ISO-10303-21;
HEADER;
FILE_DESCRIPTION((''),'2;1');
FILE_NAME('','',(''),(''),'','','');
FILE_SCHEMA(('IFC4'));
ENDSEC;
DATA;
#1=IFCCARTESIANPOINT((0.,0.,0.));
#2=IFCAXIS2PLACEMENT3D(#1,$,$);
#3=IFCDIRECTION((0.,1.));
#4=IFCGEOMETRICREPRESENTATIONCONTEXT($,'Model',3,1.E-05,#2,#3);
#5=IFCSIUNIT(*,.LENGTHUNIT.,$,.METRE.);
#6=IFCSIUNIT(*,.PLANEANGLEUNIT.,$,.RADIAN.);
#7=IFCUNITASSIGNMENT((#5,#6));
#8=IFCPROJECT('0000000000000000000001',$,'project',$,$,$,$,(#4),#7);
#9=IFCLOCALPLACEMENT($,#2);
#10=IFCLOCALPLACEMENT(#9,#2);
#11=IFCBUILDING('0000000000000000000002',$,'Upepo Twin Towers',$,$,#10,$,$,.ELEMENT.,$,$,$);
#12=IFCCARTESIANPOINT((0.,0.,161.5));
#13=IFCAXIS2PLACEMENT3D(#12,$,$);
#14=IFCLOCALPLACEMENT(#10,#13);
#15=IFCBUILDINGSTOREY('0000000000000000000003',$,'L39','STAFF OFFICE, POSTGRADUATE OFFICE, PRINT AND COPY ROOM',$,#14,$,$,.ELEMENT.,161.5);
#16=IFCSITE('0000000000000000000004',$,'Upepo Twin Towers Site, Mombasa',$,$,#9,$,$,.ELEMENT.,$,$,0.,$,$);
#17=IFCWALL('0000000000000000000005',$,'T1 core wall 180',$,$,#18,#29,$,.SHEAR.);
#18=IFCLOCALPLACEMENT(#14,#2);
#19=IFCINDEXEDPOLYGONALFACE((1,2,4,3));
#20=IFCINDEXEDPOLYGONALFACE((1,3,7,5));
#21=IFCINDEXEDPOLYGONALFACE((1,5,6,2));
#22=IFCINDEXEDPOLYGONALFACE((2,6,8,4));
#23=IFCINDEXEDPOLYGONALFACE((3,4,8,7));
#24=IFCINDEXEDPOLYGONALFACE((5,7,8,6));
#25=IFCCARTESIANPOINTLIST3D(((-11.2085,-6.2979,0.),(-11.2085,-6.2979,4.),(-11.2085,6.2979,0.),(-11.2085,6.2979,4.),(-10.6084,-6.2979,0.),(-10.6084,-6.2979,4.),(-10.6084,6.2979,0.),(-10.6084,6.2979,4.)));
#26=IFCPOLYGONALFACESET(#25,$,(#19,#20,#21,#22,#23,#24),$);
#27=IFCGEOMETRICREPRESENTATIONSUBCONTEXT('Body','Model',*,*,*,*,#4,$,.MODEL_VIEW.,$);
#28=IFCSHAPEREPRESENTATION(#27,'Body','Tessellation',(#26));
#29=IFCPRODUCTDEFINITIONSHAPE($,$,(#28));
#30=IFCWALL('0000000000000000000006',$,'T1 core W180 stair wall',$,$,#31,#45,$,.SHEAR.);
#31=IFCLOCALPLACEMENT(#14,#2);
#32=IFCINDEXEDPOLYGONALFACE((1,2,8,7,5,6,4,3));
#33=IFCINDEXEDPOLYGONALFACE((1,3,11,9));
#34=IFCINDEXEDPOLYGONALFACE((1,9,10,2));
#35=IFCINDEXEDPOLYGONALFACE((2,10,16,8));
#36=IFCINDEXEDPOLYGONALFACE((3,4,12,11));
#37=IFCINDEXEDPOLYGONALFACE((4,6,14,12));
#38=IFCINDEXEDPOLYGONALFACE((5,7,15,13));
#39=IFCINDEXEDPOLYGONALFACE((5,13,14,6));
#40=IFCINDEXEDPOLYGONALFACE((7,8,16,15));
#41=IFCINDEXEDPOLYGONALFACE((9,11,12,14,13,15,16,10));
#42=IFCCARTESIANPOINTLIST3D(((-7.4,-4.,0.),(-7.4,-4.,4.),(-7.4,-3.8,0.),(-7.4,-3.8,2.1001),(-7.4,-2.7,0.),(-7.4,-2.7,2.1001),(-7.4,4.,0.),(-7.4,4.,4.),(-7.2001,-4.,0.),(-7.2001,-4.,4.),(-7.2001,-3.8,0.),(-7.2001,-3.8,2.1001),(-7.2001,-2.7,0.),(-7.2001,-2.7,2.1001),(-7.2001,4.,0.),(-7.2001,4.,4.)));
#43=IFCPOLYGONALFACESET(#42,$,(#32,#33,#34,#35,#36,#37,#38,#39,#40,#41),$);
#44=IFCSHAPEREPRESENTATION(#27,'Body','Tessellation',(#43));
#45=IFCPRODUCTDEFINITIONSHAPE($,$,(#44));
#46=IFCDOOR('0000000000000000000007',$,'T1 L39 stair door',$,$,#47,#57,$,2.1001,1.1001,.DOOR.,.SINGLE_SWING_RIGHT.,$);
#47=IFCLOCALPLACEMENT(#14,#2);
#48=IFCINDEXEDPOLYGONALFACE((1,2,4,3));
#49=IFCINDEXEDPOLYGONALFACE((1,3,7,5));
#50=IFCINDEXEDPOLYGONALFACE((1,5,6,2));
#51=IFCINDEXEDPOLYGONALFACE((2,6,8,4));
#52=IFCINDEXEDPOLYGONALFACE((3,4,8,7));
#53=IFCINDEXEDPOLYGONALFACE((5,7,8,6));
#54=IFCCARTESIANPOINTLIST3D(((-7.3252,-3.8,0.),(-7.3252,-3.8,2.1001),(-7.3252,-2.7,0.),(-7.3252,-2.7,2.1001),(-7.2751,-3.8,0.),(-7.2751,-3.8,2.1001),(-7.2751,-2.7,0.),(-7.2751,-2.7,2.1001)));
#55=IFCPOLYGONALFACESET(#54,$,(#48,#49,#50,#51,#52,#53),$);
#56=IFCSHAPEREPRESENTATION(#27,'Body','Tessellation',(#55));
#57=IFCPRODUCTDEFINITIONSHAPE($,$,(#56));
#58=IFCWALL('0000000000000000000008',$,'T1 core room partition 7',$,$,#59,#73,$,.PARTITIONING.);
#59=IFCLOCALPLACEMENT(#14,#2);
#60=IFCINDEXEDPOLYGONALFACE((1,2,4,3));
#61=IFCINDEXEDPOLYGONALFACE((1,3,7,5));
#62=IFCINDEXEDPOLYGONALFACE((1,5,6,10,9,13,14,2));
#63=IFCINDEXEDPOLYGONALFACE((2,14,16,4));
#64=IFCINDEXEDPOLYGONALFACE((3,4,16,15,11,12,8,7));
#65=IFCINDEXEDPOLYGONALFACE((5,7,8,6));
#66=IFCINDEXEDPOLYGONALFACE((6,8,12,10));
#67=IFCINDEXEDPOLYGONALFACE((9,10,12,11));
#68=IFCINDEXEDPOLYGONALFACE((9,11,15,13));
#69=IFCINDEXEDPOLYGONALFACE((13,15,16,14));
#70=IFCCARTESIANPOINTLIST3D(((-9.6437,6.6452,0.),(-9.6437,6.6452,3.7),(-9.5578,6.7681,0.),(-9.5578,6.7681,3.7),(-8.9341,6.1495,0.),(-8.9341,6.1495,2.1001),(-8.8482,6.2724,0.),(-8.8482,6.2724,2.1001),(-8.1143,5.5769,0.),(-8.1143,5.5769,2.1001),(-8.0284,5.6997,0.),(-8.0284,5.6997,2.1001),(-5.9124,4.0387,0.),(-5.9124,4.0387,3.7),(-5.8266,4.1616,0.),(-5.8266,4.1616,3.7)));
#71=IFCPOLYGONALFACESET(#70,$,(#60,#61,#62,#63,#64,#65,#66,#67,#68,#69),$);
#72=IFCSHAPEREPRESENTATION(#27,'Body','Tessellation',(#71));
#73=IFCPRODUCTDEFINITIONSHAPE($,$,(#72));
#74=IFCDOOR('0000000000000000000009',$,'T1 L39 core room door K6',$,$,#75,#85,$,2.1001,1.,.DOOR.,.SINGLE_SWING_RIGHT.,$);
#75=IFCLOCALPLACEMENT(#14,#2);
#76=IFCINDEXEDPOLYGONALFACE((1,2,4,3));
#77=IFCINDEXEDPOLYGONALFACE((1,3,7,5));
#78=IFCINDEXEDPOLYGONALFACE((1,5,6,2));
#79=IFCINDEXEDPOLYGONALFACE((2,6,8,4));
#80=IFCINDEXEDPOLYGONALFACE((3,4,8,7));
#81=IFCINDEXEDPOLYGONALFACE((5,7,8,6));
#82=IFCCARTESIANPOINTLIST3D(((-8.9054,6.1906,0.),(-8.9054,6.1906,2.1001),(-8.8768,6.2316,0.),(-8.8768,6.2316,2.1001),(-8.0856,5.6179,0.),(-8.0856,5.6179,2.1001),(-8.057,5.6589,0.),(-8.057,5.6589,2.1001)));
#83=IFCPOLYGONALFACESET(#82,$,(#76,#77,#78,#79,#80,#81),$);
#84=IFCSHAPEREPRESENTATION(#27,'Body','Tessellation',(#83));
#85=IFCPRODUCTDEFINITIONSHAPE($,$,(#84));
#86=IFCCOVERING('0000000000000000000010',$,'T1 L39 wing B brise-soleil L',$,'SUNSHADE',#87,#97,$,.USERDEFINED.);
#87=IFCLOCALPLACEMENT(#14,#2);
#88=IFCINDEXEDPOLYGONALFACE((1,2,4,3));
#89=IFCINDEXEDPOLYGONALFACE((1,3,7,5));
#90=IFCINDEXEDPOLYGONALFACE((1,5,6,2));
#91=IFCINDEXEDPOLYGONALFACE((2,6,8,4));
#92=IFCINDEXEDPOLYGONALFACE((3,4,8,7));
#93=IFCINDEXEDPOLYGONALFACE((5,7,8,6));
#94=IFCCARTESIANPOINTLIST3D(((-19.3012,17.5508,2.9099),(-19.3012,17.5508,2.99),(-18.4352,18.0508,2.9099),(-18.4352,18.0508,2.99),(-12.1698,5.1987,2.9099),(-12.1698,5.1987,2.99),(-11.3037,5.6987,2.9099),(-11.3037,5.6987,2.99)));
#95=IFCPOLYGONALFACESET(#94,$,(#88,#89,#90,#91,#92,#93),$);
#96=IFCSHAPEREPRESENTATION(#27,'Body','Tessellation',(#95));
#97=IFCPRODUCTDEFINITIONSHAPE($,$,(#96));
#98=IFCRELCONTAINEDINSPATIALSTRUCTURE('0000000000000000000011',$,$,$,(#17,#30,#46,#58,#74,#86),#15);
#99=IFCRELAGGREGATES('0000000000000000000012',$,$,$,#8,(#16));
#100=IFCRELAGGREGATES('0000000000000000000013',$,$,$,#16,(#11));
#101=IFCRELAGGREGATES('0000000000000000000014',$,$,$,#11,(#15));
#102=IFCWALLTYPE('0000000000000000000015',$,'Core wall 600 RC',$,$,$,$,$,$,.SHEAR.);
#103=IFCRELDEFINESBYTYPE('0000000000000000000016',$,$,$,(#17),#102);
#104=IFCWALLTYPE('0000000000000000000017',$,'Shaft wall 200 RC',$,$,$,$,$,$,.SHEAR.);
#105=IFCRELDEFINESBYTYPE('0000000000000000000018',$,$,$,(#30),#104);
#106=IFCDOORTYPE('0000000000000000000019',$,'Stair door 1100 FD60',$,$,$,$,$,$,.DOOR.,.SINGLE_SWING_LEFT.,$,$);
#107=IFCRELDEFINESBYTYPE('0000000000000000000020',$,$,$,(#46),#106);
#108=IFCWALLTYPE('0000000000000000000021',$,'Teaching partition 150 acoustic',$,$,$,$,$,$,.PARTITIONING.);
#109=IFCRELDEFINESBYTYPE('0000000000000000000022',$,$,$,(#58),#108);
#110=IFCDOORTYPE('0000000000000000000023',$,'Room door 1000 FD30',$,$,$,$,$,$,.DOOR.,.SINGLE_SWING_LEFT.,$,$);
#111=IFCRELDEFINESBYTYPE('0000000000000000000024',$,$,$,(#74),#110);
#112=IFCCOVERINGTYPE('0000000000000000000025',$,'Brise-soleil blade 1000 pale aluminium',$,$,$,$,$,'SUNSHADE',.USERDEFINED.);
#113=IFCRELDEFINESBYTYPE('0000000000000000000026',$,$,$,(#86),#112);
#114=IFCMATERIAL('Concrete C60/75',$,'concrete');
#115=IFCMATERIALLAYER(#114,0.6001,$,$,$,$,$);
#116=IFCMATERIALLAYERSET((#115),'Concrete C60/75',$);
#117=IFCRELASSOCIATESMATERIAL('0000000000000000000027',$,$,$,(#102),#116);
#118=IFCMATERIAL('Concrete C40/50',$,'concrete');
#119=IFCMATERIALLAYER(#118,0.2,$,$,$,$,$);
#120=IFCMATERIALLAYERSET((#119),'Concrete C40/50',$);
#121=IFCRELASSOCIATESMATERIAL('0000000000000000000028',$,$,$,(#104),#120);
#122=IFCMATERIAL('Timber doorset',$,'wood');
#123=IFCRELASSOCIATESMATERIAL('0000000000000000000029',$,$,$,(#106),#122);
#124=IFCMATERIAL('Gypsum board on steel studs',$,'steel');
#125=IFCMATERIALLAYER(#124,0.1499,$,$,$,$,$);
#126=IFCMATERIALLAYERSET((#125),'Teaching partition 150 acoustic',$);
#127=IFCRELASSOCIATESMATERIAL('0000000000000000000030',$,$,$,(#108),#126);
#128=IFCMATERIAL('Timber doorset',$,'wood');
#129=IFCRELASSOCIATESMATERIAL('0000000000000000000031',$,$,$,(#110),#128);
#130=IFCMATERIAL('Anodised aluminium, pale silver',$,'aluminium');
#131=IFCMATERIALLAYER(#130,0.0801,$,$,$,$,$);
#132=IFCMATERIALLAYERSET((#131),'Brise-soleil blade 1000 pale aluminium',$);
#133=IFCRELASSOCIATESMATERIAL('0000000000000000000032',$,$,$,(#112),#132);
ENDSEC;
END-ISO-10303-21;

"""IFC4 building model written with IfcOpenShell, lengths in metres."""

from ifc_helpers import new_model, si_unit, direction, frame, frame_2d, origin, origin_2d, place, context, subcontext, project, spatial, rectangle, extrude, material, layer, layer_set, type_object, element, fill, save


model = new_model("IFC4")

# Units and contexts
model_context = context("Model", 3, precision=1e-05, world=origin(), true_north=direction((0.0, 1.0)))
body_context = subcontext(model_context, "Body", "Model", "MODEL_VIEW")
ifc_project = project(units=[si_unit("LENGTHUNIT", "METRE"), si_unit("PLANEANGLEUNIT", "RADIAN")], contexts=[model_context])

# Site, building, storey
site_placement = place(None, origin())
site = spatial("IfcSite", under=ifc_project, at=site_placement, Name="Upepo Twin Towers Site, Mombasa", CompositionType="ELEMENT", RefElevation=0.0)
building_placement = place(site_placement, origin())
building = spatial("IfcBuilding", under=site, at=building_placement, Name="Upepo Twin Towers", CompositionType="ELEMENT")
storey_placement = place(building_placement, frame((0.0, 0.0, 161.5)))
storey = spatial("IfcBuildingStorey", under=building, at=storey_placement, Name="L39", Description="STAFF OFFICE, POSTGRADUATE OFFICE, PRINT AND COPY ROOM", CompositionType="ELEMENT", Elevation=161.5)

# Wall
ifc_material_1 = material(Name="Concrete C60/75", Category="concrete")
ifc_layer_1 = layer(ifc_material_1, 0.6001)
ifc_layer_set_1 = layer_set([ifc_layer_1], Name="Concrete C60/75")
wall_type_1 = type_object("IfcWallType", Name="Core wall 600 RC", PredefinedType="SHEAR", material=ifc_layer_set_1)
wall_1_placement = place(storey_placement, frame((-10.9084, 6.2979, 0.0), z_axis=(0.0, 0.0, 1.0), x_axis=(0.0, -1.0, 0.0)))
element("IfcWall", 1, at=wall_1_placement, inside=storey, type_object=wall_type_1, Name="T1 core wall 180", PredefinedType="SHEAR", context=body_context, shape_type="SweptSolid", body=[
    extrude(rectangle(XDim=12.5957, YDim=0.6001, at=frame_2d((6.2979, 0.0))), origin(), (0.0, 0.0, 1.0), 4.0),
])

# Walls, openings, doors
ifc_material_2 = material(Name="Concrete C40/50", Category="concrete")
ifc_layer_2 = layer(ifc_material_2, 0.2)
ifc_layer_set_2 = layer_set([ifc_layer_2], Name="Concrete C40/50")
wall_type_2 = type_object("IfcWallType", Name="Shaft wall 200 RC", PredefinedType="SHEAR", material=ifc_layer_set_2)
wall_2_placement = place(storey_placement, frame((-7.3, 4.0, 0.0), z_axis=(0.0, 0.0, 1.0), x_axis=(0.0, -1.0, 0.0)))
wall_2 = element("IfcWall", 2, at=wall_2_placement, inside=storey, type_object=wall_type_2, Name="T1 core W180 stair wall", PredefinedType="SHEAR", context=body_context, shape_type="SweptSolid", body=[
    extrude(rectangle(XDim=8.0, YDim=0.2, at=frame_2d((4.0, 0.0))), origin(), (0.0, 0.0, 1.0), 4.0),
])
opening_1_placement = place(wall_2_placement, frame((6.7, 0.0, 0.0)))
opening_1 = element("IfcOpeningElement", 3, at=opening_1_placement, cuts=wall_2, PredefinedType="OPENING", context=body_context, shape_type="SweptSolid", body=[
    extrude(rectangle(XDim=1.1001, YDim=2.1001, at=frame_2d((0.55, 1.05))), frame((0.0, 0.1099, 0.0), z_axis=(0.0, -1.0, 0.0), x_axis=(1.0, 0.0, 0.0)), (0.0, 0.0, 1.0), 0.22),
])
ifc_material_3 = material(Name="Timber doorset", Category="wood")
door_type_1 = type_object("IfcDoorType", Name="Stair door 1100 FD60", OperationType="SINGLE_SWING_LEFT", PredefinedType="DOOR", material=ifc_material_3)
door_1_placement = place(opening_1_placement, origin())
door_1 = element("IfcDoor", 4, at=door_1_placement, inside=storey, type_object=door_type_1, Name="T1 L39 stair door", OperationType="SINGLE_SWING_RIGHT", OverallHeight=2.1001, OverallWidth=1.1001, PredefinedType="DOOR", context=body_context, shape_type="SweptSolid", body=[
    extrude(rectangle(XDim=1.1001, YDim=2.1001, at=frame_2d((0.55, 1.05))), frame((0.0, 0.0249, 0.0), z_axis=(0.0, -1.0, 0.0), x_axis=(1.0, 0.0, 0.0)), (0.0, 0.0, 1.0), 0.05),
])
fill(opening_1, door_1)
ifc_material_4 = material(Name="Gypsum board on steel studs", Category="steel")
ifc_layer_3 = layer(ifc_material_4, 0.1499)
ifc_layer_set_3 = layer_set([ifc_layer_3], Name="Teaching partition 150 acoustic")
wall_type_3 = type_object("IfcWallType", Name="Teaching partition 150 acoustic", PredefinedType="PARTITIONING", material=ifc_layer_set_3)
wall_3_placement = place(storey_placement, frame((-5.8694, 4.1001, 0.0), z_axis=(0.0, 0.0, 1.0), x_axis=(-0.819788, 0.572666, 0.0)))
wall_3 = element("IfcWall", 5, at=wall_3_placement, inside=storey, type_object=wall_type_3, Name="T1 core room partition 7", PredefinedType="PARTITIONING", context=body_context, shape_type="SweptSolid", body=[
    extrude(rectangle(XDim=4.5515, YDim=0.1499, at=frame_2d((2.2759, 0.0))), origin(), (0.0, 0.0, 1.0), 3.7),
])
opening_2_placement = place(wall_3_placement, frame((2.686, 0.0, 0.0)))
opening_2 = element("IfcOpeningElement", 6, at=opening_2_placement, cuts=wall_3, PredefinedType="OPENING", context=body_context, shape_type="SweptSolid", body=[
    extrude(rectangle(XDim=1.0, YDim=2.1001, at=frame_2d((0.5, 1.05))), frame((0.0, 0.085, 0.0), z_axis=(0.0, -1.0, 0.0), x_axis=(1.0, 0.0, 0.0)), (0.0, 0.0, 1.0), 0.1699),
])
ifc_material_5 = material(Name="Timber doorset", Category="wood")
door_type_2 = type_object("IfcDoorType", Name="Room door 1000 FD30", OperationType="SINGLE_SWING_LEFT", PredefinedType="DOOR", material=ifc_material_5)
door_2_placement = place(opening_2_placement, origin())
door_2 = element("IfcDoor", 7, at=door_2_placement, inside=storey, type_object=door_type_2, Name="T1 L39 core room door K6", OperationType="SINGLE_SWING_RIGHT", OverallHeight=2.1001, OverallWidth=1.0, PredefinedType="DOOR", context=body_context, shape_type="SweptSolid", body=[
    extrude(rectangle(XDim=1.0, YDim=2.1001, at=frame_2d((0.5, 1.05))), frame((0.0, 0.0249, 0.0), z_axis=(0.0, -1.0, 0.0), x_axis=(1.0, 0.0, 0.0)), (0.0, 0.0, 1.0), 0.05),
])
fill(opening_2, door_2)

# Covering
ifc_material_6 = material(Name="Anodised aluminium, pale silver", Category="aluminium")
ifc_layer_4 = layer(ifc_material_6, 0.0801)
ifc_layer_set_4 = layer_set([ifc_layer_4], Name="Brise-soleil blade 1000 pale aluminium")
covering_type = type_object("IfcCoveringType", Name="Brise-soleil blade 1000 pale aluminium", ElementType="SUNSHADE", PredefinedType="USERDEFINED", material=ifc_layer_set_4)
covering_placement = place(storey_placement, frame((-15.3025, 11.6248, 2.9099), z_axis=(0.0, 0.0, 1.0), x_axis=(-0.5, 0.866025, 0.0)))
element("IfcCovering", 8, at=covering_placement, inside=storey, type_object=covering_type, Name="T1 L39 wing B brise-soleil L", ObjectType="SUNSHADE", PredefinedType="USERDEFINED", context=body_context, shape_type="SweptSolid", body=[
    extrude(rectangle(XDim=14.2629, YDim=1.0, at=origin_2d()), origin(), (0.0, 0.0, 1.0), 0.0801),
])

save(model, "model.ifc")
